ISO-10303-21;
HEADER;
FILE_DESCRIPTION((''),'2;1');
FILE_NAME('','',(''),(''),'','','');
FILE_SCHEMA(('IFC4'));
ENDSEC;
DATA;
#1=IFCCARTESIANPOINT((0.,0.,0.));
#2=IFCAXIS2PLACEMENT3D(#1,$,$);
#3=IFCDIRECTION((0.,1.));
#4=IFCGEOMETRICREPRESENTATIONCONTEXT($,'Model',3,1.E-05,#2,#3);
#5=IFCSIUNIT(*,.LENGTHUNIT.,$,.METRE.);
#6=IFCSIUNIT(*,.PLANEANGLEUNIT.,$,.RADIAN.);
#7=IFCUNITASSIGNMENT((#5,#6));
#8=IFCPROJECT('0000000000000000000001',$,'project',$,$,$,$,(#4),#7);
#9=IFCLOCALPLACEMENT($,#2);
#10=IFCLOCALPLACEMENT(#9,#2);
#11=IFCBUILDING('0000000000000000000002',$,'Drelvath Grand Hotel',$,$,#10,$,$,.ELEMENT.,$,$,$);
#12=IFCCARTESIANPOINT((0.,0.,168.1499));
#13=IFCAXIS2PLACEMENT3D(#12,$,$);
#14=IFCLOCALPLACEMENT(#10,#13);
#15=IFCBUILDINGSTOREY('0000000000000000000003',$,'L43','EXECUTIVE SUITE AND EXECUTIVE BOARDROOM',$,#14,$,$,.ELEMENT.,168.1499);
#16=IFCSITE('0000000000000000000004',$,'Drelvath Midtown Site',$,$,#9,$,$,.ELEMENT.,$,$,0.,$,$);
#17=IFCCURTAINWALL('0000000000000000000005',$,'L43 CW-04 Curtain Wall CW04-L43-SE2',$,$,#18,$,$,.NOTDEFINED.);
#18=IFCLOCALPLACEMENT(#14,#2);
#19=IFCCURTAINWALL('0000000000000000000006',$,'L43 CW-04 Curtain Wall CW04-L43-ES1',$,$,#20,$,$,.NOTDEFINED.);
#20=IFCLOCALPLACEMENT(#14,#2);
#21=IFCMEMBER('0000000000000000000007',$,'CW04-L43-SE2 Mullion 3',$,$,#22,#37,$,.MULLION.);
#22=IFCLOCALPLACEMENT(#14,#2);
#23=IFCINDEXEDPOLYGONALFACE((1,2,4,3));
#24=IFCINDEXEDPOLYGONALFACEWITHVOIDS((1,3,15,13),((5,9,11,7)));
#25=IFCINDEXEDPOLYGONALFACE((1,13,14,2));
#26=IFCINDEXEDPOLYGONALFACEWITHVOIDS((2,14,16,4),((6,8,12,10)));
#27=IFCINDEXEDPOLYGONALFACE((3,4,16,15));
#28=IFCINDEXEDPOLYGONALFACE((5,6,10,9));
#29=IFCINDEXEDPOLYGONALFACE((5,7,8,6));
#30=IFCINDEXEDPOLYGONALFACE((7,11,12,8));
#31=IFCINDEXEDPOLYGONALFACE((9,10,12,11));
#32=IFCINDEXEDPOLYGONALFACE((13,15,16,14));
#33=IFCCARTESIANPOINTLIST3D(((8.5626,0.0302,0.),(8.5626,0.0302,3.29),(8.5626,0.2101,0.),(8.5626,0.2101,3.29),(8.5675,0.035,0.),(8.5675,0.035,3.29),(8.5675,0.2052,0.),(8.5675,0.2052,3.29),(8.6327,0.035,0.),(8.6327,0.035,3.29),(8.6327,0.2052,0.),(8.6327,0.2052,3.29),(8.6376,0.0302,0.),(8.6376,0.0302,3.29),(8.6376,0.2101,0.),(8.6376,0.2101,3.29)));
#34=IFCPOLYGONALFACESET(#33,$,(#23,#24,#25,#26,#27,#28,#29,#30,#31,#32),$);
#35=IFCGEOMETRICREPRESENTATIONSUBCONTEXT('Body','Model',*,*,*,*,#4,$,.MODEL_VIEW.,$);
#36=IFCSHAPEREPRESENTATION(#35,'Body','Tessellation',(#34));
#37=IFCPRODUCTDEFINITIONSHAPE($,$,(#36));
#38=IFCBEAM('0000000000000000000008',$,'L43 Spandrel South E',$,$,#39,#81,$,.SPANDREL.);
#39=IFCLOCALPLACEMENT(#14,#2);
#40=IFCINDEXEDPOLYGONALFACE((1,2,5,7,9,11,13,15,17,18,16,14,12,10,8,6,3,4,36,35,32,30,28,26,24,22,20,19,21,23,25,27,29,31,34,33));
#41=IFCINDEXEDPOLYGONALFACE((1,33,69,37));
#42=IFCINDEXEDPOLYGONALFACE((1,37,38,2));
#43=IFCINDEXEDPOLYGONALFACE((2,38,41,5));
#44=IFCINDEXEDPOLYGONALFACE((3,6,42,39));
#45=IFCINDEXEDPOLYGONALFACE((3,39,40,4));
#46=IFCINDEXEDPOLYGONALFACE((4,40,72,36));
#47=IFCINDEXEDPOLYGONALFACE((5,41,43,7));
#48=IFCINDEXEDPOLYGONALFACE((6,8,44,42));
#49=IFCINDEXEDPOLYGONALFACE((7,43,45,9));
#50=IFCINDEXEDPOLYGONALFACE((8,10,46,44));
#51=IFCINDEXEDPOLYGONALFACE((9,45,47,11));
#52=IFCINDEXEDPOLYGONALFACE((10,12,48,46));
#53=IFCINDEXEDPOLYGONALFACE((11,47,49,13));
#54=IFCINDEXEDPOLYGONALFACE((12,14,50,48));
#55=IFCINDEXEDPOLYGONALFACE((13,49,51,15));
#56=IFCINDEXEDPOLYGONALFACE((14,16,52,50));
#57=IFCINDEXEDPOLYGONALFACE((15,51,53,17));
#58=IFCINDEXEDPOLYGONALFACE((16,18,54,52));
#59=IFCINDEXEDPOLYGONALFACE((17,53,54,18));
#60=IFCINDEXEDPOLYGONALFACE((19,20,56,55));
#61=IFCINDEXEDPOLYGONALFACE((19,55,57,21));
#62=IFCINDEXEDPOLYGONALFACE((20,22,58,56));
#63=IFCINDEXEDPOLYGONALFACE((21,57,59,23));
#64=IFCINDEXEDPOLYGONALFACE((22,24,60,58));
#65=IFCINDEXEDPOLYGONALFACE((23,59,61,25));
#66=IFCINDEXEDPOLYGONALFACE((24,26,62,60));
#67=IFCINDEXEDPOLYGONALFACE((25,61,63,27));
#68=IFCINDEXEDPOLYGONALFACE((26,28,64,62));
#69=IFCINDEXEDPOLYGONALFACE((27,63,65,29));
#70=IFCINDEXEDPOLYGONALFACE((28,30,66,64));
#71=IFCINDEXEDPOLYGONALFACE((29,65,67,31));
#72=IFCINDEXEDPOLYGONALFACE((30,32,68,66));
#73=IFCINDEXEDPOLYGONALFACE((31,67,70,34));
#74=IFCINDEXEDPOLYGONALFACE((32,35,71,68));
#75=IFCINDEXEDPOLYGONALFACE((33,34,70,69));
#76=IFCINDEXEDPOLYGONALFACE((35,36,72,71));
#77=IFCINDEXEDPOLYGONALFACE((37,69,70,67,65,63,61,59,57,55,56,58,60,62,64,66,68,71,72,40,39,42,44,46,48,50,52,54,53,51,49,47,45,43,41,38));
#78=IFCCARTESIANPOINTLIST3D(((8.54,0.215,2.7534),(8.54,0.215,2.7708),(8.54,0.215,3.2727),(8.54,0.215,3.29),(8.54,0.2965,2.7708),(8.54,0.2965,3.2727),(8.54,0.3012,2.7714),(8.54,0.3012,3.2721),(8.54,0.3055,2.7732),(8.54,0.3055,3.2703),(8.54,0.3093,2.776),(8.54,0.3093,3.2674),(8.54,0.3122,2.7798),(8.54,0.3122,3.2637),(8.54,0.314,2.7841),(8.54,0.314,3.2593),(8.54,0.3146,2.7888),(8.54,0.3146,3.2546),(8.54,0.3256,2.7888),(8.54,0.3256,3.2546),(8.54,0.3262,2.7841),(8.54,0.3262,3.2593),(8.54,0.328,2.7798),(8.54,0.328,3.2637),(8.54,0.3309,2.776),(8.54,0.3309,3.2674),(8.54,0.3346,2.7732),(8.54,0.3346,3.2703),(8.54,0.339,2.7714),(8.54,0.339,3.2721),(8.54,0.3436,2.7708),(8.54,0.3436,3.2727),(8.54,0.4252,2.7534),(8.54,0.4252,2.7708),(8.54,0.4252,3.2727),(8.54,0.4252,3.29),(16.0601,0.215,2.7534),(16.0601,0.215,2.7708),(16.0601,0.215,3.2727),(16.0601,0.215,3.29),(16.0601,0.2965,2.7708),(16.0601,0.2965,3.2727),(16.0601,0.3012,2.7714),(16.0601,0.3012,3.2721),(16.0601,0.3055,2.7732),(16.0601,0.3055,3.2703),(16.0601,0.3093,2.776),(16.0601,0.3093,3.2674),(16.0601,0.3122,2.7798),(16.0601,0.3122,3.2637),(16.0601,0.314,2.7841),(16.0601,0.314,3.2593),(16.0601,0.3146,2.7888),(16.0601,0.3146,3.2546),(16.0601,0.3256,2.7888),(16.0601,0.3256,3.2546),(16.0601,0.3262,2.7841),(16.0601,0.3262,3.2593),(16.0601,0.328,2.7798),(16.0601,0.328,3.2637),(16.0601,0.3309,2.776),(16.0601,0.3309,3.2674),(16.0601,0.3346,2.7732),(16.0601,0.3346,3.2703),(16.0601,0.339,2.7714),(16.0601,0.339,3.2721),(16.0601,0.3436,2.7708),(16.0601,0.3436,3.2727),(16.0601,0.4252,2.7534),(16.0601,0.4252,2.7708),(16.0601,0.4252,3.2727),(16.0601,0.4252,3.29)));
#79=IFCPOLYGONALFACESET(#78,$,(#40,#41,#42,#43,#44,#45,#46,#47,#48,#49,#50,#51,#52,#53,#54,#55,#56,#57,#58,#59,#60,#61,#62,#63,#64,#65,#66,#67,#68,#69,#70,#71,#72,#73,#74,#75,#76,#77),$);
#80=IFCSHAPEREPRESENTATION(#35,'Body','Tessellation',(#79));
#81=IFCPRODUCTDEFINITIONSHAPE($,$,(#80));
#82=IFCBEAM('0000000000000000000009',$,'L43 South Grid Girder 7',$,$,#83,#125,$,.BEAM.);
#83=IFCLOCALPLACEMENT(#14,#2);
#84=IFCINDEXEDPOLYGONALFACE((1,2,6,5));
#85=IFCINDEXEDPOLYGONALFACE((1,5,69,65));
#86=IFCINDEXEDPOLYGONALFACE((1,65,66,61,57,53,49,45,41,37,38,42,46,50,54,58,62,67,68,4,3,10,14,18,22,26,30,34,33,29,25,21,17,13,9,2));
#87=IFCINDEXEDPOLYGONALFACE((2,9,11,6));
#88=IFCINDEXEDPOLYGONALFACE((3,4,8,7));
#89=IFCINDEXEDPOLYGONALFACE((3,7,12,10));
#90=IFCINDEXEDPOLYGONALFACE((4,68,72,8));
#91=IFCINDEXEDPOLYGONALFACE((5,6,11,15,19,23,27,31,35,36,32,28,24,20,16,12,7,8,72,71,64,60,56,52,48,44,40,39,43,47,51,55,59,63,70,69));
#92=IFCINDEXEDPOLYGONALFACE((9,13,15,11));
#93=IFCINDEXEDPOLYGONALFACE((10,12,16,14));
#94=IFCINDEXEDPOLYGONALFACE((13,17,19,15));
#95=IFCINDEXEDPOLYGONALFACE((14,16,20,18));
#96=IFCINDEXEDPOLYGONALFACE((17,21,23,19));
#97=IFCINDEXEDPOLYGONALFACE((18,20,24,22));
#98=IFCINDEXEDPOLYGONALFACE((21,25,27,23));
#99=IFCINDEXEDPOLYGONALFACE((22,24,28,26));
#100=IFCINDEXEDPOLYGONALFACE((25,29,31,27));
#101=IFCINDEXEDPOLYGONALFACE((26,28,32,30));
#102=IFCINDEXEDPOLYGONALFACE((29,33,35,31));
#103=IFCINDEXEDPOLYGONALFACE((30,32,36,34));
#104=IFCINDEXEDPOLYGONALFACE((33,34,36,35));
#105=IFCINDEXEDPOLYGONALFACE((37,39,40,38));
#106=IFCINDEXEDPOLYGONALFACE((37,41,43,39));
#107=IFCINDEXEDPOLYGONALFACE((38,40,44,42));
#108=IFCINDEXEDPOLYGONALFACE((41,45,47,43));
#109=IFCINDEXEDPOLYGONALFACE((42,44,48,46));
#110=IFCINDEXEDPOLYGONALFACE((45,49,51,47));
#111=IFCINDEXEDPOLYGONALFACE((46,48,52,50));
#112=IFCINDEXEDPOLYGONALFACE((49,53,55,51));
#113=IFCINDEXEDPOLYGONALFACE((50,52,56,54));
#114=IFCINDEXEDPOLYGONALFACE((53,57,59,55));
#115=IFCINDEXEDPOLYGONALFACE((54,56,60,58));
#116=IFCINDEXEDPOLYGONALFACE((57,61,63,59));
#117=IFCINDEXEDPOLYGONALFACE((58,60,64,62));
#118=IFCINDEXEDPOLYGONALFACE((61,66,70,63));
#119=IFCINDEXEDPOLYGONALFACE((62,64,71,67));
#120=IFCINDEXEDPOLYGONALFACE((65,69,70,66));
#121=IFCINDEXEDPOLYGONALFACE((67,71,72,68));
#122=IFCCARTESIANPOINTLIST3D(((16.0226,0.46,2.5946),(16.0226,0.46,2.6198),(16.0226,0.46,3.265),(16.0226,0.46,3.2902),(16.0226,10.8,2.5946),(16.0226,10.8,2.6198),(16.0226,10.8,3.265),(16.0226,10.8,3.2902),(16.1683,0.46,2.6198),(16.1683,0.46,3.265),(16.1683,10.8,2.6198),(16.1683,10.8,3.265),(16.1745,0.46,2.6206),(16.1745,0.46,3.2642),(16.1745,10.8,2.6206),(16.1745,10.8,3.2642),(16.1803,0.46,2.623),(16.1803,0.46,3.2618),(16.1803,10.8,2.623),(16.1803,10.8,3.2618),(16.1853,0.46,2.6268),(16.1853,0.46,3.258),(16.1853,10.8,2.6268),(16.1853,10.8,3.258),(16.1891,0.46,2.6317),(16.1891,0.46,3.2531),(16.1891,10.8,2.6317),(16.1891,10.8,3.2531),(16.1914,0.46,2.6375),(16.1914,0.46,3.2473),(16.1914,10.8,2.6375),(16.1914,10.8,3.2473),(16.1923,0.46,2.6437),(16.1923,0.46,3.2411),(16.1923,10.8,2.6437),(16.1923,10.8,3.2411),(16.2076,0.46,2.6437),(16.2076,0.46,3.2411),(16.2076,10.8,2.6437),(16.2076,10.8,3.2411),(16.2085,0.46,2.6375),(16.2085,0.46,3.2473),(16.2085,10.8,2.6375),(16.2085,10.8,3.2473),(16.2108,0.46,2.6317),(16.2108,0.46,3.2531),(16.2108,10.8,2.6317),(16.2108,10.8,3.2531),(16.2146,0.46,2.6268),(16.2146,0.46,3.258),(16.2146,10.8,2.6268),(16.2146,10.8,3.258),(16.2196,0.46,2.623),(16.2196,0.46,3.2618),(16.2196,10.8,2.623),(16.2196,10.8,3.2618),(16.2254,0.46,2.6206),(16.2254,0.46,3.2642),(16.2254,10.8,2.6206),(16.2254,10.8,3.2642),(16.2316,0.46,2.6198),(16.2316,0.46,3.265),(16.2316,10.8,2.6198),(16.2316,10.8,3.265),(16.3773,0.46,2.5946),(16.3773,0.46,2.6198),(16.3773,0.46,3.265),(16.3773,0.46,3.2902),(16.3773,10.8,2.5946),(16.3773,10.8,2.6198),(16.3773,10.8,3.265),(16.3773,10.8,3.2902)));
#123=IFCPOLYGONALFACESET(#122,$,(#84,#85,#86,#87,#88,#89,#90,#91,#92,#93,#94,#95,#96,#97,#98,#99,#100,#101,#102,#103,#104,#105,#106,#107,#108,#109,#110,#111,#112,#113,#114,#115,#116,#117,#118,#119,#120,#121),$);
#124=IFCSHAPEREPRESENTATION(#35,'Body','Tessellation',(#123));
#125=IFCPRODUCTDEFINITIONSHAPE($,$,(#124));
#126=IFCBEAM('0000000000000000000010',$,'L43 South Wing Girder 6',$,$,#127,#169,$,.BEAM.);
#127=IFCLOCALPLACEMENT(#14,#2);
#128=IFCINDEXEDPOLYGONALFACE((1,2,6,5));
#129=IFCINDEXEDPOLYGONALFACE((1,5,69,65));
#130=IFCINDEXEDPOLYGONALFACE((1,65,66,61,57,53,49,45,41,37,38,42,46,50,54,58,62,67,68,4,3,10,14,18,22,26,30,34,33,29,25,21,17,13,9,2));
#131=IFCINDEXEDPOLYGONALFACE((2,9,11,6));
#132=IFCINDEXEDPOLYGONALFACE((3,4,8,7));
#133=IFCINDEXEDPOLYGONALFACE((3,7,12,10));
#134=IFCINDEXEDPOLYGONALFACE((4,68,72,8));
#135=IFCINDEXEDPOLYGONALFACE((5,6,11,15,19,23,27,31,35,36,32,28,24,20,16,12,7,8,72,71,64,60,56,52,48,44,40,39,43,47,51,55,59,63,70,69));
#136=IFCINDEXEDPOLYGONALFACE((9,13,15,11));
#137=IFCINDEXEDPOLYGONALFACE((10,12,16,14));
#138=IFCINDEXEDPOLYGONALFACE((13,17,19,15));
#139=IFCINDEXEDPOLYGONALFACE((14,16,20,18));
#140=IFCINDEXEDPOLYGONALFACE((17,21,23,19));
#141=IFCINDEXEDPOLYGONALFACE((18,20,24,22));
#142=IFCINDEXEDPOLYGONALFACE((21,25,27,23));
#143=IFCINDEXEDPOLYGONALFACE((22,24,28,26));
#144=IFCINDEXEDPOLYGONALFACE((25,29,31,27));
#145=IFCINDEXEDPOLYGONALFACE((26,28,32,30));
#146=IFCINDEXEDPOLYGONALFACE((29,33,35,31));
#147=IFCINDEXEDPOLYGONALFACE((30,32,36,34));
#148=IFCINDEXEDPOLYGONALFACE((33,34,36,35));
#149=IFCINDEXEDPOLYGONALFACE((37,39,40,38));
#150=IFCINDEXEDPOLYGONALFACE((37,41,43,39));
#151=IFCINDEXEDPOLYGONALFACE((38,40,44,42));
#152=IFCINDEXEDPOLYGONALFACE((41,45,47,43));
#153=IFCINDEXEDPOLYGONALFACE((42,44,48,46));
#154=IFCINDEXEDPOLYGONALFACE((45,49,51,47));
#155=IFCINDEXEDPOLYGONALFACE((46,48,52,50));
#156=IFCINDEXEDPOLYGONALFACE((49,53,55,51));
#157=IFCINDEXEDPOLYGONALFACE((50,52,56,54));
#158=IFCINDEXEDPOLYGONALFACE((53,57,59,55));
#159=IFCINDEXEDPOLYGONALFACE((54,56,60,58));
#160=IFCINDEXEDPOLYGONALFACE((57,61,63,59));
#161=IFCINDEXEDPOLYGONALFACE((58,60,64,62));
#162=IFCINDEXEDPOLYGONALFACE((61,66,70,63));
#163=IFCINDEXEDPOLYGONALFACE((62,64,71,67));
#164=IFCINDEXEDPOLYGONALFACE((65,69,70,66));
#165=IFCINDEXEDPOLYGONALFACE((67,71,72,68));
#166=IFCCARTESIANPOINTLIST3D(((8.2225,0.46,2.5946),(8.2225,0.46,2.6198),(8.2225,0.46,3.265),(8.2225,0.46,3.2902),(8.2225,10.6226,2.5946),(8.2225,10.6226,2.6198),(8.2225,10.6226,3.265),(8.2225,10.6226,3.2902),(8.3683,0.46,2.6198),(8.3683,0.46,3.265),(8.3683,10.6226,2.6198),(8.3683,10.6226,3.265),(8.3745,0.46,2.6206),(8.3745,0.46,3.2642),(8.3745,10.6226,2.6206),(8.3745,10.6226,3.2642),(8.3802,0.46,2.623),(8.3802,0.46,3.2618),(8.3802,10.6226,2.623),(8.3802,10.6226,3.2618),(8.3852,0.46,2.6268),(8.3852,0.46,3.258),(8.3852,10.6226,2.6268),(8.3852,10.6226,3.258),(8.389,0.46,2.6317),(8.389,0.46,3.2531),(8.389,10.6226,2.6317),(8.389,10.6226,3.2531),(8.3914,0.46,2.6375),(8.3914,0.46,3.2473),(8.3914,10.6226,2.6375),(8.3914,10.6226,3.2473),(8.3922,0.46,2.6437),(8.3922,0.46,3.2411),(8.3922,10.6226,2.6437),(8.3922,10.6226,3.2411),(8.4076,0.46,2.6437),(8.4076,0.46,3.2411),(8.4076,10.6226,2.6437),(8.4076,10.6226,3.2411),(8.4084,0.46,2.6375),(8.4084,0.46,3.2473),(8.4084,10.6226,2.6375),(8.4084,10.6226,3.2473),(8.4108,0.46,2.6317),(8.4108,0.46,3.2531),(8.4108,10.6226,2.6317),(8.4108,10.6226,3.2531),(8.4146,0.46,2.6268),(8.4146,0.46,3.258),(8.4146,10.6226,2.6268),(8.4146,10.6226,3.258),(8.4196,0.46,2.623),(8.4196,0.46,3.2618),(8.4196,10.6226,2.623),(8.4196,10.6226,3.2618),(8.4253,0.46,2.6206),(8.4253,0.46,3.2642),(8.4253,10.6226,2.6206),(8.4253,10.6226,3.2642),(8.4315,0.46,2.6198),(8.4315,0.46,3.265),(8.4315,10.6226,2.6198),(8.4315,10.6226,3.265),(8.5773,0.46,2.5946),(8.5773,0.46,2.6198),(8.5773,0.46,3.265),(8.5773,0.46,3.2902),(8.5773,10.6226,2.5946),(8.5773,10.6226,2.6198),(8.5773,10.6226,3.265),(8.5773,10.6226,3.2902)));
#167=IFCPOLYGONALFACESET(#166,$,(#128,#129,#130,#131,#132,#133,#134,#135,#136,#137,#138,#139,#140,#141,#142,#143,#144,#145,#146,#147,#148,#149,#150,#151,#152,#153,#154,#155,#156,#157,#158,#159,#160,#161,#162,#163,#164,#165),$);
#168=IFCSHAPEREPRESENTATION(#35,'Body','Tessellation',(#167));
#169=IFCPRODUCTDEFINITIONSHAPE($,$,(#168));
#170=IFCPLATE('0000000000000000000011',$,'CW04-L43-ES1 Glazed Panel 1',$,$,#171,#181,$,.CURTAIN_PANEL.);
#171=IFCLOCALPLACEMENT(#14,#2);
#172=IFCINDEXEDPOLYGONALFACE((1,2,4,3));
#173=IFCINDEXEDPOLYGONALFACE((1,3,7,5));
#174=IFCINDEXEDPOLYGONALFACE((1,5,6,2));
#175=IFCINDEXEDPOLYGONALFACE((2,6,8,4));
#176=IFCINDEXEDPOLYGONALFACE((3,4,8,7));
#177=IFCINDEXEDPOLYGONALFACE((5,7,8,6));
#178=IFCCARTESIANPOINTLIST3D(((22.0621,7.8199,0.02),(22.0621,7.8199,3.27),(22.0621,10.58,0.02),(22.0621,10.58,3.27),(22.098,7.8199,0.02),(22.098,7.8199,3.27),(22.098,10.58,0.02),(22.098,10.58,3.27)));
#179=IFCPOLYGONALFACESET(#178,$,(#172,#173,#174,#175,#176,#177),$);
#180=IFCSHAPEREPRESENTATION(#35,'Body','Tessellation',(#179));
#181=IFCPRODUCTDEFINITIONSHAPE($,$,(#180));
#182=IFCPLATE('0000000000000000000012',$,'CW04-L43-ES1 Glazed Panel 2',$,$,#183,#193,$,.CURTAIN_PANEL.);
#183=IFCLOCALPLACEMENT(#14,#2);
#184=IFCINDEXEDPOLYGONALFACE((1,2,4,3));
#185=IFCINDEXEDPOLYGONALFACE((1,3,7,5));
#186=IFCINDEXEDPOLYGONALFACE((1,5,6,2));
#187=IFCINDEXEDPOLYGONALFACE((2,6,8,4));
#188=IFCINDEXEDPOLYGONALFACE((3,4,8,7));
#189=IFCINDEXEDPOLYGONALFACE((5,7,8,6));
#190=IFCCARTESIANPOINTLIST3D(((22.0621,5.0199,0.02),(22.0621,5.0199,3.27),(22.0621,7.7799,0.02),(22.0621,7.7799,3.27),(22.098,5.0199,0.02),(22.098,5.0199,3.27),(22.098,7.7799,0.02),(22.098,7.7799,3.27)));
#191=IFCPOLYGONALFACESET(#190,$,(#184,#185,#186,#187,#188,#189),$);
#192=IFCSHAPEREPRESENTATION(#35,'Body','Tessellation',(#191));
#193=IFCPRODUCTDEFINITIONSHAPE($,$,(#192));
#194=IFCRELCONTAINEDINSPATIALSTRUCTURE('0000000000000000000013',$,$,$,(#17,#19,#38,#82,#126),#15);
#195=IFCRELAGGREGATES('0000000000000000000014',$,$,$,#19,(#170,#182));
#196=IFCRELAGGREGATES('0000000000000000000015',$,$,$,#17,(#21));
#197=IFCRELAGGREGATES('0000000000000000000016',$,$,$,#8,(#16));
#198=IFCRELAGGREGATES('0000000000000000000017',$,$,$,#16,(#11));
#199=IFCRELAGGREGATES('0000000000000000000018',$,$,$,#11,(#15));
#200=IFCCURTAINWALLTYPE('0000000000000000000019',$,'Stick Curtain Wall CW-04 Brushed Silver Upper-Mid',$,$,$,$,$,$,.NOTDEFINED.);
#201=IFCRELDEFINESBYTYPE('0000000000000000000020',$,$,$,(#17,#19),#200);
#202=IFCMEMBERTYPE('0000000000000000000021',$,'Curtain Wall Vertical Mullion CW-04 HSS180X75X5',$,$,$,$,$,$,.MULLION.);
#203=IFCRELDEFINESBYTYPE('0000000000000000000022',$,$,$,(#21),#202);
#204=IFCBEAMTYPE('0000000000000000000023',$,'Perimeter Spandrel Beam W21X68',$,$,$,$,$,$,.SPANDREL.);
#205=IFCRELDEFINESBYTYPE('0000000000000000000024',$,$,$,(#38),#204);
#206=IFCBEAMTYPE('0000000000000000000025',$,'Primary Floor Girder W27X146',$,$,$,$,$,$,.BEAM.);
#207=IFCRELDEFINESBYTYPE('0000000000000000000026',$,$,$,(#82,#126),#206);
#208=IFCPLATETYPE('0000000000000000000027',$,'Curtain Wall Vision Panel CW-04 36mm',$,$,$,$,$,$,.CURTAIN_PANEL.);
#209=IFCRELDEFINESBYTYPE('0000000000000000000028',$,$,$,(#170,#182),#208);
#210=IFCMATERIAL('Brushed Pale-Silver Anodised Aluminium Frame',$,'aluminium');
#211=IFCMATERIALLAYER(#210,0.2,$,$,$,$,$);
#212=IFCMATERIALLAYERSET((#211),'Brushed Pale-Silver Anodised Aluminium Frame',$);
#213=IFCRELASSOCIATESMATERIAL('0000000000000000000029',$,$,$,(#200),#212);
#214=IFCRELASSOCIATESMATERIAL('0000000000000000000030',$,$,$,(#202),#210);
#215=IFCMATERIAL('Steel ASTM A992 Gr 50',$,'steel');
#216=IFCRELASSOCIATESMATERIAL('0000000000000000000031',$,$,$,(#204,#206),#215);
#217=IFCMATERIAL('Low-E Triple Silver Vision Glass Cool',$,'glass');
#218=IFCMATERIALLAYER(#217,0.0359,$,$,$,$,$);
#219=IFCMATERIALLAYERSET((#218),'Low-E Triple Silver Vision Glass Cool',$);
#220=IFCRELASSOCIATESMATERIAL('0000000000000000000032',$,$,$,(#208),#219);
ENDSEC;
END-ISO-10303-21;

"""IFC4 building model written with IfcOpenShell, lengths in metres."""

from ifc_helpers import new_model, si_unit, direction, frame, origin, origin_2d, place, context, subcontext, project, spatial, rectangle, hollow_rectangle, i_section, extrude, material, layer, layer_set, material_profile, profile_set, type_object, element, aggregate, save


model = new_model("IFC4")

# Units and contexts
model_context = context("Model", 3, precision=1e-05, world=origin(), true_north=direction((0.0, 1.0)))
body_context = subcontext(model_context, "Body", "Model", "MODEL_VIEW")
ifc_project = project(units=[si_unit("LENGTHUNIT", "METRE"), si_unit("PLANEANGLEUNIT", "RADIAN")], contexts=[model_context])

# Site, building, storey
site_placement = place(None, origin())
site = spatial("IfcSite", under=ifc_project, at=site_placement, Name="Drelvath Midtown Site", CompositionType="ELEMENT", RefElevation=0.0)
building_placement = place(site_placement, origin())
building = spatial("IfcBuilding", under=site, at=building_placement, Name="Drelvath Grand Hotel", CompositionType="ELEMENT")
storey_placement = place(building_placement, frame((0.0, 0.0, 168.1499)))
storey = spatial("IfcBuildingStorey", under=building, at=storey_placement, Name="L43", Description="EXECUTIVE SUITE AND EXECUTIVE BOARDROOM", CompositionType="ELEMENT", Elevation=168.1499)

# Curtain wall
ifc_material_1 = material(Name="Brushed Pale-Silver Anodised Aluminium Frame", Category="aluminium")
ifc_layer_1 = layer(ifc_material_1, 0.2)
ifc_layer_set_1 = layer_set([ifc_layer_1], Name="Brushed Pale-Silver Anodised Aluminium Frame")
curtain_wall_type = type_object("IfcCurtainWallType", Name="Stick Curtain Wall CW-04 Brushed Silver Upper-Mid", PredefinedType="NOTDEFINED", material=ifc_layer_set_1)
curtain_wall_1_placement = place(storey_placement, origin())
curtain_wall_1 = element("IfcCurtainWall", 1, at=curtain_wall_1_placement, inside=storey, type_object=curtain_wall_type, Name="L43 CW-04 Curtain Wall CW04-L43-SE2", PredefinedType="NOTDEFINED")

# Curtain wall
curtain_wall_2_placement = place(storey_placement, origin())
curtain_wall_2 = element("IfcCurtainWall", 2, at=curtain_wall_2_placement, inside=storey, type_object=curtain_wall_type, Name="L43 CW-04 Curtain Wall CW04-L43-ES1", PredefinedType="NOTDEFINED")
ifc_material_profile_1 = material_profile(ifc_material_1, hollow_rectangle(XDim=0.075, YDim=0.1799, WallThickness=0.0049, at=origin_2d()), Name="HSS180X75X5")
ifc_profile_set_1 = profile_set([ifc_material_profile_1], Name="Brushed Pale-Silver Anodised Aluminium Frame")
member_type_1 = type_object("IfcMemberType", Name="Curtain Wall Vertical Mullion CW-04 HSS180X75X5", PredefinedType="MULLION", material=ifc_profile_set_1)

# Member
member_1_placement = place(storey_placement, frame((8.6001, 0.1201, 0.0), z_axis=(0.0, 0.0, 1.0), x_axis=(1.0, 0.0, 0.0)))
member_1 = element("IfcMember", 3, at=member_1_placement, type_object=member_type_1, Name="CW04-L43-SE2 Mullion 3", PredefinedType="MULLION", context=body_context, shape_type="SweptSolid", body=[
    extrude(hollow_rectangle(XDim=0.075, YDim=0.1799, WallThickness=0.0049, at=origin_2d()), origin(), (0.0, 0.0, 1.0), 3.29),
])

# Beams
ifc_material_2 = material(Name="Steel ASTM A992 Gr 50", Category="steel")
ifc_material_profile_2 = material_profile(ifc_material_2, i_section(OverallWidth=0.2102, OverallDepth=0.5366, WebThickness=0.011, FlangeThickness=0.0173, FilletRadius=0.0181, at=origin_2d()), Name="W21X68")
ifc_profile_set_2 = profile_set([ifc_material_profile_2], Name="Steel ASTM A992 Gr 50")
beam_type_1 = type_object("IfcBeamType", Name="Perimeter Spandrel Beam W21X68", PredefinedType="SPANDREL", material=ifc_profile_set_2)
beam_1_placement = place(storey_placement, frame((8.54, 0.3201, 3.0217), z_axis=(1.0, 0.0, 0.0), x_axis=(0.0, 1.0, 0.0)))
element("IfcBeam", 4, at=beam_1_placement, inside=storey, type_object=beam_type_1, Name="L43 Spandrel South E", PredefinedType="SPANDREL", context=body_context, shape_type="SweptSolid", body=[
    extrude(i_section(OverallWidth=0.2102, OverallDepth=0.5366, WebThickness=0.011, FlangeThickness=0.0173, FilletRadius=0.0181, at=origin_2d()), origin(), (0.0, 0.0, 1.0), 7.52),
])
ifc_material_profile_3 = material_profile(ifc_material_2, i_section(OverallWidth=0.3547, OverallDepth=0.6956, WebThickness=0.0154, FlangeThickness=0.0251, FilletRadius=0.0239, at=origin_2d()), Name="W27X146")
ifc_profile_set_3 = profile_set([ifc_material_profile_3], Name="Steel ASTM A992 Gr 50")
beam_type_2 = type_object("IfcBeamType", Name="Primary Floor Girder W27X146", PredefinedType="BEAM", material=ifc_profile_set_3)
beam_2_placement = place(storey_placement, frame((16.2, 0.46, 2.9424), z_axis=(0.0, 1.0, 0.0), x_axis=(-1.0, 0.0, 0.0)))
element("IfcBeam", 5, at=beam_2_placement, inside=storey, type_object=beam_type_2, Name="L43 South Grid Girder 7", PredefinedType="BEAM", context=body_context, shape_type="SweptSolid", body=[
    extrude(i_section(OverallWidth=0.3547, OverallDepth=0.6956, WebThickness=0.0154, FlangeThickness=0.0251, FilletRadius=0.0239, at=origin_2d()), origin(), (0.0, 0.0, 1.0), 10.3401),
])
beam_3_placement = place(storey_placement, frame((8.3999, 0.46, 2.9424), z_axis=(0.0, 1.0, 0.0), x_axis=(-1.0, 0.0, 0.0)))
element("IfcBeam", 6, at=beam_3_placement, inside=storey, type_object=beam_type_2, Name="L43 South Wing Girder 6", PredefinedType="BEAM", context=body_context, shape_type="SweptSolid", body=[
    extrude(i_section(OverallWidth=0.3547, OverallDepth=0.6956, WebThickness=0.0154, FlangeThickness=0.0251, FilletRadius=0.0239, at=origin_2d()), origin(), (0.0, 0.0, 1.0), 10.1626),
])

# Plates
ifc_material_3 = material(Name="Low-E Triple Silver Vision Glass Cool", Category="glass")
ifc_layer_2 = layer(ifc_material_3, 0.0359)
ifc_layer_set_2 = layer_set([ifc_layer_2], Name="Low-E Triple Silver Vision Glass Cool")
plate_type = type_object("IfcPlateType", Name="Curtain Wall Vision Panel CW-04 36mm", PredefinedType="CURTAIN_PANEL", material=ifc_layer_set_2)
plate_1_placement = place(storey_placement, frame((22.0801, 9.2, 0.02), z_axis=(0.0, 0.0, 1.0), x_axis=(0.0, -1.0, 0.0)))
plate_1 = element("IfcPlate", 7, at=plate_1_placement, type_object=plate_type, Name="CW04-L43-ES1 Glazed Panel 1", PredefinedType="CURTAIN_PANEL", context=body_context, shape_type="SweptSolid", body=[
    extrude(rectangle(XDim=2.76, YDim=0.0359, at=origin_2d()), origin(), (0.0, 0.0, 1.0), 3.25),
])
plate_2_placement = place(storey_placement, frame((22.0801, 6.3999, 0.02), z_axis=(0.0, 0.0, 1.0), x_axis=(0.0, -1.0, 0.0)))
plate_2 = element("IfcPlate", 8, at=plate_2_placement, type_object=plate_type, Name="CW04-L43-ES1 Glazed Panel 2", PredefinedType="CURTAIN_PANEL", context=body_context, shape_type="SweptSolid", body=[
    extrude(rectangle(XDim=2.76, YDim=0.0359, at=origin_2d()), origin(), (0.0, 0.0, 1.0), 3.25),
])
aggregate(curtain_wall_2, [plate_1, plate_2])
aggregate(curtain_wall_1, [member_1])

save(model, "model.ifc")
